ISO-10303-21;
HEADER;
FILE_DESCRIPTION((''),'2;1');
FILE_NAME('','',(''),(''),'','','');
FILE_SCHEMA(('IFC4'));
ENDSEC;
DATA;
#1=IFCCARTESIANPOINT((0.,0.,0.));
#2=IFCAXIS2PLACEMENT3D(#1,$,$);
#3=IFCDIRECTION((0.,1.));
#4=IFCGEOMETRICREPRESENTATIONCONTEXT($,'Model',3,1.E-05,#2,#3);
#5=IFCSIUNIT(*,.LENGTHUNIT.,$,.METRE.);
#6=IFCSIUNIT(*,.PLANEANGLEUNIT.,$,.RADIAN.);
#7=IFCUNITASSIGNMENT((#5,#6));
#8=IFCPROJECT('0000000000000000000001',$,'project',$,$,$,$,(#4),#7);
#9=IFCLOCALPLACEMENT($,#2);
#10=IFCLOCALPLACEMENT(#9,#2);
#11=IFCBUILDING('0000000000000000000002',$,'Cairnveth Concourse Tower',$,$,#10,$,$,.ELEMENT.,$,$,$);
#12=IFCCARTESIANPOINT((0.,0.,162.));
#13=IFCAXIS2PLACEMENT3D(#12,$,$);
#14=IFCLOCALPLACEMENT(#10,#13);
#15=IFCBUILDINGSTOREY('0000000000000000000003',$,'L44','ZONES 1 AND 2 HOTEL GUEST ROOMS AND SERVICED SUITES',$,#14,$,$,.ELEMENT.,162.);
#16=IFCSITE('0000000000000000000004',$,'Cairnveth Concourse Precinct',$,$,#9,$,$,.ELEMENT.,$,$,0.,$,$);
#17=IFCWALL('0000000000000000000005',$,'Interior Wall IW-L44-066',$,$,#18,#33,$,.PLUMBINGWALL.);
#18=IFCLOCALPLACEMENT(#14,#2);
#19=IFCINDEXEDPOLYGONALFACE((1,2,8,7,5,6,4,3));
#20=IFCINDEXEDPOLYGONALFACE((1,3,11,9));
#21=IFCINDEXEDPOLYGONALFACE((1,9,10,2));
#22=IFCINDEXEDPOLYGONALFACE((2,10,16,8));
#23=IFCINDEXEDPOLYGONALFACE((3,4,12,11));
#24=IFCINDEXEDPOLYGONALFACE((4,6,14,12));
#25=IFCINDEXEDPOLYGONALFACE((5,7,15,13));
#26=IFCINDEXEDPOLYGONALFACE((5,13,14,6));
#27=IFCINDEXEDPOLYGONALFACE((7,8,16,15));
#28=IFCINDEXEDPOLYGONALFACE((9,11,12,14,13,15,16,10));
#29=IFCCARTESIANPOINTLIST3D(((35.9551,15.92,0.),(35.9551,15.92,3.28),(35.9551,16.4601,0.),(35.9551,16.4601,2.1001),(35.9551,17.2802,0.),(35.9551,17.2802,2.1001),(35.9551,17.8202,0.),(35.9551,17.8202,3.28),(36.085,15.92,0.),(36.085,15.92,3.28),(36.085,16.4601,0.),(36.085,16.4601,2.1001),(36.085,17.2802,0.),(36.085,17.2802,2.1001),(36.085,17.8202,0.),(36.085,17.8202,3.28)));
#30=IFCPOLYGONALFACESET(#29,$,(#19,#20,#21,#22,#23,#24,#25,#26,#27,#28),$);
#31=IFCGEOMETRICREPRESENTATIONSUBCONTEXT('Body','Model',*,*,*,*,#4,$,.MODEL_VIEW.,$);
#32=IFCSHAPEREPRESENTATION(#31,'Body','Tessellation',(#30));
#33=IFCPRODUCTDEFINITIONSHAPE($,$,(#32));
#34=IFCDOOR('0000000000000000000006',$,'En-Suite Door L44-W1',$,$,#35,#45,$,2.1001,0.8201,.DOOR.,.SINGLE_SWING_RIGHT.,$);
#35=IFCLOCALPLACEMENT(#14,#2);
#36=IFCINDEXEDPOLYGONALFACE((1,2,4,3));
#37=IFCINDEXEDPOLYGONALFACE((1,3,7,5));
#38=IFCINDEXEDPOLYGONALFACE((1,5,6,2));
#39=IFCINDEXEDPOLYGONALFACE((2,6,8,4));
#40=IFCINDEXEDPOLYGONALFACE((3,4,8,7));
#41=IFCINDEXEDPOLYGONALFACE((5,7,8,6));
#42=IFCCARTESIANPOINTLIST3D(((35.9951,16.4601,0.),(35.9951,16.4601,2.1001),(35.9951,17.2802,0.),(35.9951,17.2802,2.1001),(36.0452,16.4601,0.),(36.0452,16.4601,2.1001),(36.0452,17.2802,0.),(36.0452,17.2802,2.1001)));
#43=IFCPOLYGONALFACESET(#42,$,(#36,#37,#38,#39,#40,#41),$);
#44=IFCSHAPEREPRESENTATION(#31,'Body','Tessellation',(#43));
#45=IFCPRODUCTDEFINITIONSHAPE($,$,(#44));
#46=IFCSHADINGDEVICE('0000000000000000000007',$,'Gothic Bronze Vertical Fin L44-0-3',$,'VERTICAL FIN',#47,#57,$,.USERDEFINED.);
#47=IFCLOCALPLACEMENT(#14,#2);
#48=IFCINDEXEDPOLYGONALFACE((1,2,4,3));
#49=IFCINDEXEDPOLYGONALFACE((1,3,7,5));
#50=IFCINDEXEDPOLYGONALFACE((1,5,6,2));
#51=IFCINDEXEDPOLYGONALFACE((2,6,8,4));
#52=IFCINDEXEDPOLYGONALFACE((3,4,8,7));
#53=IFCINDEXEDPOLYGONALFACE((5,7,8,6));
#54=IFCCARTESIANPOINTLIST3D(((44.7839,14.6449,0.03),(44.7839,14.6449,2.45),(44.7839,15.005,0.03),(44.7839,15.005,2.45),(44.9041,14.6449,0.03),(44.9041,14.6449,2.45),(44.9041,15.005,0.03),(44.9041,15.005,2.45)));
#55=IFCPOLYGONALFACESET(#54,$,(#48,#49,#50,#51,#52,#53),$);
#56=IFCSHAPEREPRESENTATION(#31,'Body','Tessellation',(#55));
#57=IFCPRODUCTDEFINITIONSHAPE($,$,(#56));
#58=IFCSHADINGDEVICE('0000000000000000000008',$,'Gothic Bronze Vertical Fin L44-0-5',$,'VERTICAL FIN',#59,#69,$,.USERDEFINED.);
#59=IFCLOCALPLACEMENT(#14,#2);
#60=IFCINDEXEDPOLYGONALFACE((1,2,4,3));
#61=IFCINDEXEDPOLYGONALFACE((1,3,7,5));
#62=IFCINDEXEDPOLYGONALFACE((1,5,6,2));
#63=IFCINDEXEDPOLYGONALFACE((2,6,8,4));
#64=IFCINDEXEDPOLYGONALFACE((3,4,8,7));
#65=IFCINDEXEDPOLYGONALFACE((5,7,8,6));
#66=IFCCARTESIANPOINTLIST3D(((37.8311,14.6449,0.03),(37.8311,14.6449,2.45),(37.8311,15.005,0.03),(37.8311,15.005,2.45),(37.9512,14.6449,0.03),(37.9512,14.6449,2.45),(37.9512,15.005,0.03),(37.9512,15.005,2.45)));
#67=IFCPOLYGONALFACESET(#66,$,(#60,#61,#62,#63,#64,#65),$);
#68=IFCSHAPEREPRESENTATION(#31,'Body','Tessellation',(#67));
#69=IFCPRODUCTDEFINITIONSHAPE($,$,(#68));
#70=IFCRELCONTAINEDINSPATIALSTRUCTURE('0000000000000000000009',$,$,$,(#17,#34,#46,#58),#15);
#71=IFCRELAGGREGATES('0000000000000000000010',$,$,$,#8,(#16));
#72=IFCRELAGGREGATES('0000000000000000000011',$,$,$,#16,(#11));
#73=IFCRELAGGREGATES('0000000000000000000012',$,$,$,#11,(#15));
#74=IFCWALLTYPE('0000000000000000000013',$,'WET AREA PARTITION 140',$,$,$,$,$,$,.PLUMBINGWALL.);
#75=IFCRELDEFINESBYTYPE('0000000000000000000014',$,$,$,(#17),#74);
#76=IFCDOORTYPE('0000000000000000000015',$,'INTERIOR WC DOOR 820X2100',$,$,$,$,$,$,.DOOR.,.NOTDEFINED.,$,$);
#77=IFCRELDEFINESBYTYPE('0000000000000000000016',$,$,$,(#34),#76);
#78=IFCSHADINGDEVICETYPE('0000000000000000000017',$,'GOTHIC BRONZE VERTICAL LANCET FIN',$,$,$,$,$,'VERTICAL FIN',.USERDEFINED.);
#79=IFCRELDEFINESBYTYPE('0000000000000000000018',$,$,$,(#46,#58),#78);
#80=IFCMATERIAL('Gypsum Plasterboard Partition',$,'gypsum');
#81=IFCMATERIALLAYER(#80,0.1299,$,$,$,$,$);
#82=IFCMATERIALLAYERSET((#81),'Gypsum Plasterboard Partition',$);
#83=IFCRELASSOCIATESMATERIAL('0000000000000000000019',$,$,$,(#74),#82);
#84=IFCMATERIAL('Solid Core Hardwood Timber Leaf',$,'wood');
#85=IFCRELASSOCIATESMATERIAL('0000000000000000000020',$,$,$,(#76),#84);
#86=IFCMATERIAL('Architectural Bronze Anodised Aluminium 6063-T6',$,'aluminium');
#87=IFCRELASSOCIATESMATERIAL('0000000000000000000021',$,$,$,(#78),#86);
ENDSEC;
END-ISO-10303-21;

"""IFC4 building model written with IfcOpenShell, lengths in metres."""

from ifc_helpers import new_model, si_unit, direction, frame, frame_2d, origin, origin_2d, place, context, subcontext, project, spatial, rectangle, extrude, material, layer, layer_set, type_object, element, fill, save


model = new_model("IFC4")

# Units and contexts
model_context = context("Model", 3, precision=1e-05, world=origin(), true_north=direction((0.0, 1.0)))
body_context = subcontext(model_context, "Body", "Model", "MODEL_VIEW")
ifc_project = project(units=[si_unit("LENGTHUNIT", "METRE"), si_unit("PLANEANGLEUNIT", "RADIAN")], contexts=[model_context])

# Site, building, storey
site_placement = place(None, origin())
site = spatial("IfcSite", under=ifc_project, at=site_placement, Name="Cairnveth Concourse Precinct", CompositionType="ELEMENT", RefElevation=0.0)
building_placement = place(site_placement, origin())
building = spatial("IfcBuilding", under=site, at=building_placement, Name="Cairnveth Concourse Tower", CompositionType="ELEMENT")
storey_placement = place(building_placement, frame((0.0, 0.0, 162.0)))
storey = spatial("IfcBuildingStorey", under=building, at=storey_placement, Name="L44", Description="ZONES 1 AND 2 HOTEL GUEST ROOMS AND SERVICED SUITES", CompositionType="ELEMENT", Elevation=162.0)

# Shared definitions
ifc_material_1 = material(Name="Gypsum Plasterboard Partition", Category="gypsum")
ifc_material_2 = material(Name="Solid Core Hardwood Timber Leaf", Category="wood")

# Shared definitions
ifc_layer_1 = layer(ifc_material_1, 0.1299)
ifc_layer_set_1 = layer_set([ifc_layer_1], Name="Gypsum Plasterboard Partition")
wall_type_1 = type_object("IfcWallType", Name="WET AREA PARTITION 140", PredefinedType="PLUMBINGWALL", material=ifc_layer_set_1)

# Wall, opening, door
wall_1_placement = place(storey_placement, frame((36.02, 15.9199, 0.0), z_axis=(0.0, 0.0, 1.0), x_axis=(0.0, 1.0, 0.0)))
wall_1 = element("IfcWall", 1, at=wall_1_placement, inside=storey, type_object=wall_type_1, Name="Interior Wall IW-L44-066", PredefinedType="PLUMBINGWALL", context=body_context, shape_type="SweptSolid", body=[
    extrude(rectangle(XDim=1.9001, YDim=0.1299, at=frame_2d((0.9502, 0.0))), origin(), (0.0, 0.0, 1.0), 3.28),
])
opening_1_placement = place(wall_1_placement, frame((0.54, 0.0, 0.0)))
opening_1 = element("IfcOpeningElement", 2, at=opening_1_placement, cuts=wall_1, PredefinedType="OPENING", context=body_context, shape_type="SweptSolid", body=[
    extrude(rectangle(XDim=0.8201, YDim=2.1001, at=frame_2d((0.4102, 1.05))), frame((0.0, 0.075, 0.0), z_axis=(0.0, -1.0, 0.0), x_axis=(1.0, 0.0, 0.0)), (0.0, 0.0, 1.0), 0.1499),
])
door_type_1 = type_object("IfcDoorType", Name="INTERIOR WC DOOR 820X2100", OperationType="NOTDEFINED", PredefinedType="DOOR", material=ifc_material_2)
door_1_placement = place(opening_1_placement, origin())
door_1 = element("IfcDoor", 3, at=door_1_placement, inside=storey, type_object=door_type_1, Name="En-Suite Door L44-W1", OperationType="SINGLE_SWING_RIGHT", OverallHeight=2.1001, OverallWidth=0.8201, PredefinedType="DOOR", context=body_context, shape_type="SweptSolid", body=[
    extrude(rectangle(XDim=0.8201, YDim=2.1001, at=frame_2d((0.4102, 1.05))), frame((0.0, 0.0249, 0.0), z_axis=(0.0, -1.0, 0.0), x_axis=(1.0, 0.0, 0.0)), (0.0, 0.0, 1.0), 0.05),
])
fill(opening_1, door_1)

# Shading devices
ifc_material_3 = material(Name="Architectural Bronze Anodised Aluminium 6063-T6", Category="aluminium")
shading_device_type = type_object("IfcShadingDeviceType", Name="GOTHIC BRONZE VERTICAL LANCET FIN", ElementType="VERTICAL FIN", PredefinedType="USERDEFINED", material=ifc_material_3)
for number, where, z_axis, x_axis, name in (
    (4, (44.844, 14.825, 0.03), (0.0, 0.0, 1.0), (1.0, 0.0, 0.0), "Gothic Bronze Vertical Fin L44-0-3"),
    (5, (37.8911, 14.825, 0.03), (0.0, 0.0, 1.0), (1.0, 0.0, 0.0), "Gothic Bronze Vertical Fin L44-0-5"),
):
    element("IfcShadingDevice", number, at=place(storey_placement, frame(where, z_axis=z_axis, x_axis=x_axis)), inside=storey, type_object=shading_device_type, Name=name, ObjectType="VERTICAL FIN", PredefinedType="USERDEFINED", context=body_context, shape_type="SweptSolid", body=[
        extrude(rectangle(XDim=0.1201, YDim=0.3601, at=origin_2d()), origin(), (0.0, 0.0, 1.0), 2.4199),
    ])

save(model, "model.ifc")
